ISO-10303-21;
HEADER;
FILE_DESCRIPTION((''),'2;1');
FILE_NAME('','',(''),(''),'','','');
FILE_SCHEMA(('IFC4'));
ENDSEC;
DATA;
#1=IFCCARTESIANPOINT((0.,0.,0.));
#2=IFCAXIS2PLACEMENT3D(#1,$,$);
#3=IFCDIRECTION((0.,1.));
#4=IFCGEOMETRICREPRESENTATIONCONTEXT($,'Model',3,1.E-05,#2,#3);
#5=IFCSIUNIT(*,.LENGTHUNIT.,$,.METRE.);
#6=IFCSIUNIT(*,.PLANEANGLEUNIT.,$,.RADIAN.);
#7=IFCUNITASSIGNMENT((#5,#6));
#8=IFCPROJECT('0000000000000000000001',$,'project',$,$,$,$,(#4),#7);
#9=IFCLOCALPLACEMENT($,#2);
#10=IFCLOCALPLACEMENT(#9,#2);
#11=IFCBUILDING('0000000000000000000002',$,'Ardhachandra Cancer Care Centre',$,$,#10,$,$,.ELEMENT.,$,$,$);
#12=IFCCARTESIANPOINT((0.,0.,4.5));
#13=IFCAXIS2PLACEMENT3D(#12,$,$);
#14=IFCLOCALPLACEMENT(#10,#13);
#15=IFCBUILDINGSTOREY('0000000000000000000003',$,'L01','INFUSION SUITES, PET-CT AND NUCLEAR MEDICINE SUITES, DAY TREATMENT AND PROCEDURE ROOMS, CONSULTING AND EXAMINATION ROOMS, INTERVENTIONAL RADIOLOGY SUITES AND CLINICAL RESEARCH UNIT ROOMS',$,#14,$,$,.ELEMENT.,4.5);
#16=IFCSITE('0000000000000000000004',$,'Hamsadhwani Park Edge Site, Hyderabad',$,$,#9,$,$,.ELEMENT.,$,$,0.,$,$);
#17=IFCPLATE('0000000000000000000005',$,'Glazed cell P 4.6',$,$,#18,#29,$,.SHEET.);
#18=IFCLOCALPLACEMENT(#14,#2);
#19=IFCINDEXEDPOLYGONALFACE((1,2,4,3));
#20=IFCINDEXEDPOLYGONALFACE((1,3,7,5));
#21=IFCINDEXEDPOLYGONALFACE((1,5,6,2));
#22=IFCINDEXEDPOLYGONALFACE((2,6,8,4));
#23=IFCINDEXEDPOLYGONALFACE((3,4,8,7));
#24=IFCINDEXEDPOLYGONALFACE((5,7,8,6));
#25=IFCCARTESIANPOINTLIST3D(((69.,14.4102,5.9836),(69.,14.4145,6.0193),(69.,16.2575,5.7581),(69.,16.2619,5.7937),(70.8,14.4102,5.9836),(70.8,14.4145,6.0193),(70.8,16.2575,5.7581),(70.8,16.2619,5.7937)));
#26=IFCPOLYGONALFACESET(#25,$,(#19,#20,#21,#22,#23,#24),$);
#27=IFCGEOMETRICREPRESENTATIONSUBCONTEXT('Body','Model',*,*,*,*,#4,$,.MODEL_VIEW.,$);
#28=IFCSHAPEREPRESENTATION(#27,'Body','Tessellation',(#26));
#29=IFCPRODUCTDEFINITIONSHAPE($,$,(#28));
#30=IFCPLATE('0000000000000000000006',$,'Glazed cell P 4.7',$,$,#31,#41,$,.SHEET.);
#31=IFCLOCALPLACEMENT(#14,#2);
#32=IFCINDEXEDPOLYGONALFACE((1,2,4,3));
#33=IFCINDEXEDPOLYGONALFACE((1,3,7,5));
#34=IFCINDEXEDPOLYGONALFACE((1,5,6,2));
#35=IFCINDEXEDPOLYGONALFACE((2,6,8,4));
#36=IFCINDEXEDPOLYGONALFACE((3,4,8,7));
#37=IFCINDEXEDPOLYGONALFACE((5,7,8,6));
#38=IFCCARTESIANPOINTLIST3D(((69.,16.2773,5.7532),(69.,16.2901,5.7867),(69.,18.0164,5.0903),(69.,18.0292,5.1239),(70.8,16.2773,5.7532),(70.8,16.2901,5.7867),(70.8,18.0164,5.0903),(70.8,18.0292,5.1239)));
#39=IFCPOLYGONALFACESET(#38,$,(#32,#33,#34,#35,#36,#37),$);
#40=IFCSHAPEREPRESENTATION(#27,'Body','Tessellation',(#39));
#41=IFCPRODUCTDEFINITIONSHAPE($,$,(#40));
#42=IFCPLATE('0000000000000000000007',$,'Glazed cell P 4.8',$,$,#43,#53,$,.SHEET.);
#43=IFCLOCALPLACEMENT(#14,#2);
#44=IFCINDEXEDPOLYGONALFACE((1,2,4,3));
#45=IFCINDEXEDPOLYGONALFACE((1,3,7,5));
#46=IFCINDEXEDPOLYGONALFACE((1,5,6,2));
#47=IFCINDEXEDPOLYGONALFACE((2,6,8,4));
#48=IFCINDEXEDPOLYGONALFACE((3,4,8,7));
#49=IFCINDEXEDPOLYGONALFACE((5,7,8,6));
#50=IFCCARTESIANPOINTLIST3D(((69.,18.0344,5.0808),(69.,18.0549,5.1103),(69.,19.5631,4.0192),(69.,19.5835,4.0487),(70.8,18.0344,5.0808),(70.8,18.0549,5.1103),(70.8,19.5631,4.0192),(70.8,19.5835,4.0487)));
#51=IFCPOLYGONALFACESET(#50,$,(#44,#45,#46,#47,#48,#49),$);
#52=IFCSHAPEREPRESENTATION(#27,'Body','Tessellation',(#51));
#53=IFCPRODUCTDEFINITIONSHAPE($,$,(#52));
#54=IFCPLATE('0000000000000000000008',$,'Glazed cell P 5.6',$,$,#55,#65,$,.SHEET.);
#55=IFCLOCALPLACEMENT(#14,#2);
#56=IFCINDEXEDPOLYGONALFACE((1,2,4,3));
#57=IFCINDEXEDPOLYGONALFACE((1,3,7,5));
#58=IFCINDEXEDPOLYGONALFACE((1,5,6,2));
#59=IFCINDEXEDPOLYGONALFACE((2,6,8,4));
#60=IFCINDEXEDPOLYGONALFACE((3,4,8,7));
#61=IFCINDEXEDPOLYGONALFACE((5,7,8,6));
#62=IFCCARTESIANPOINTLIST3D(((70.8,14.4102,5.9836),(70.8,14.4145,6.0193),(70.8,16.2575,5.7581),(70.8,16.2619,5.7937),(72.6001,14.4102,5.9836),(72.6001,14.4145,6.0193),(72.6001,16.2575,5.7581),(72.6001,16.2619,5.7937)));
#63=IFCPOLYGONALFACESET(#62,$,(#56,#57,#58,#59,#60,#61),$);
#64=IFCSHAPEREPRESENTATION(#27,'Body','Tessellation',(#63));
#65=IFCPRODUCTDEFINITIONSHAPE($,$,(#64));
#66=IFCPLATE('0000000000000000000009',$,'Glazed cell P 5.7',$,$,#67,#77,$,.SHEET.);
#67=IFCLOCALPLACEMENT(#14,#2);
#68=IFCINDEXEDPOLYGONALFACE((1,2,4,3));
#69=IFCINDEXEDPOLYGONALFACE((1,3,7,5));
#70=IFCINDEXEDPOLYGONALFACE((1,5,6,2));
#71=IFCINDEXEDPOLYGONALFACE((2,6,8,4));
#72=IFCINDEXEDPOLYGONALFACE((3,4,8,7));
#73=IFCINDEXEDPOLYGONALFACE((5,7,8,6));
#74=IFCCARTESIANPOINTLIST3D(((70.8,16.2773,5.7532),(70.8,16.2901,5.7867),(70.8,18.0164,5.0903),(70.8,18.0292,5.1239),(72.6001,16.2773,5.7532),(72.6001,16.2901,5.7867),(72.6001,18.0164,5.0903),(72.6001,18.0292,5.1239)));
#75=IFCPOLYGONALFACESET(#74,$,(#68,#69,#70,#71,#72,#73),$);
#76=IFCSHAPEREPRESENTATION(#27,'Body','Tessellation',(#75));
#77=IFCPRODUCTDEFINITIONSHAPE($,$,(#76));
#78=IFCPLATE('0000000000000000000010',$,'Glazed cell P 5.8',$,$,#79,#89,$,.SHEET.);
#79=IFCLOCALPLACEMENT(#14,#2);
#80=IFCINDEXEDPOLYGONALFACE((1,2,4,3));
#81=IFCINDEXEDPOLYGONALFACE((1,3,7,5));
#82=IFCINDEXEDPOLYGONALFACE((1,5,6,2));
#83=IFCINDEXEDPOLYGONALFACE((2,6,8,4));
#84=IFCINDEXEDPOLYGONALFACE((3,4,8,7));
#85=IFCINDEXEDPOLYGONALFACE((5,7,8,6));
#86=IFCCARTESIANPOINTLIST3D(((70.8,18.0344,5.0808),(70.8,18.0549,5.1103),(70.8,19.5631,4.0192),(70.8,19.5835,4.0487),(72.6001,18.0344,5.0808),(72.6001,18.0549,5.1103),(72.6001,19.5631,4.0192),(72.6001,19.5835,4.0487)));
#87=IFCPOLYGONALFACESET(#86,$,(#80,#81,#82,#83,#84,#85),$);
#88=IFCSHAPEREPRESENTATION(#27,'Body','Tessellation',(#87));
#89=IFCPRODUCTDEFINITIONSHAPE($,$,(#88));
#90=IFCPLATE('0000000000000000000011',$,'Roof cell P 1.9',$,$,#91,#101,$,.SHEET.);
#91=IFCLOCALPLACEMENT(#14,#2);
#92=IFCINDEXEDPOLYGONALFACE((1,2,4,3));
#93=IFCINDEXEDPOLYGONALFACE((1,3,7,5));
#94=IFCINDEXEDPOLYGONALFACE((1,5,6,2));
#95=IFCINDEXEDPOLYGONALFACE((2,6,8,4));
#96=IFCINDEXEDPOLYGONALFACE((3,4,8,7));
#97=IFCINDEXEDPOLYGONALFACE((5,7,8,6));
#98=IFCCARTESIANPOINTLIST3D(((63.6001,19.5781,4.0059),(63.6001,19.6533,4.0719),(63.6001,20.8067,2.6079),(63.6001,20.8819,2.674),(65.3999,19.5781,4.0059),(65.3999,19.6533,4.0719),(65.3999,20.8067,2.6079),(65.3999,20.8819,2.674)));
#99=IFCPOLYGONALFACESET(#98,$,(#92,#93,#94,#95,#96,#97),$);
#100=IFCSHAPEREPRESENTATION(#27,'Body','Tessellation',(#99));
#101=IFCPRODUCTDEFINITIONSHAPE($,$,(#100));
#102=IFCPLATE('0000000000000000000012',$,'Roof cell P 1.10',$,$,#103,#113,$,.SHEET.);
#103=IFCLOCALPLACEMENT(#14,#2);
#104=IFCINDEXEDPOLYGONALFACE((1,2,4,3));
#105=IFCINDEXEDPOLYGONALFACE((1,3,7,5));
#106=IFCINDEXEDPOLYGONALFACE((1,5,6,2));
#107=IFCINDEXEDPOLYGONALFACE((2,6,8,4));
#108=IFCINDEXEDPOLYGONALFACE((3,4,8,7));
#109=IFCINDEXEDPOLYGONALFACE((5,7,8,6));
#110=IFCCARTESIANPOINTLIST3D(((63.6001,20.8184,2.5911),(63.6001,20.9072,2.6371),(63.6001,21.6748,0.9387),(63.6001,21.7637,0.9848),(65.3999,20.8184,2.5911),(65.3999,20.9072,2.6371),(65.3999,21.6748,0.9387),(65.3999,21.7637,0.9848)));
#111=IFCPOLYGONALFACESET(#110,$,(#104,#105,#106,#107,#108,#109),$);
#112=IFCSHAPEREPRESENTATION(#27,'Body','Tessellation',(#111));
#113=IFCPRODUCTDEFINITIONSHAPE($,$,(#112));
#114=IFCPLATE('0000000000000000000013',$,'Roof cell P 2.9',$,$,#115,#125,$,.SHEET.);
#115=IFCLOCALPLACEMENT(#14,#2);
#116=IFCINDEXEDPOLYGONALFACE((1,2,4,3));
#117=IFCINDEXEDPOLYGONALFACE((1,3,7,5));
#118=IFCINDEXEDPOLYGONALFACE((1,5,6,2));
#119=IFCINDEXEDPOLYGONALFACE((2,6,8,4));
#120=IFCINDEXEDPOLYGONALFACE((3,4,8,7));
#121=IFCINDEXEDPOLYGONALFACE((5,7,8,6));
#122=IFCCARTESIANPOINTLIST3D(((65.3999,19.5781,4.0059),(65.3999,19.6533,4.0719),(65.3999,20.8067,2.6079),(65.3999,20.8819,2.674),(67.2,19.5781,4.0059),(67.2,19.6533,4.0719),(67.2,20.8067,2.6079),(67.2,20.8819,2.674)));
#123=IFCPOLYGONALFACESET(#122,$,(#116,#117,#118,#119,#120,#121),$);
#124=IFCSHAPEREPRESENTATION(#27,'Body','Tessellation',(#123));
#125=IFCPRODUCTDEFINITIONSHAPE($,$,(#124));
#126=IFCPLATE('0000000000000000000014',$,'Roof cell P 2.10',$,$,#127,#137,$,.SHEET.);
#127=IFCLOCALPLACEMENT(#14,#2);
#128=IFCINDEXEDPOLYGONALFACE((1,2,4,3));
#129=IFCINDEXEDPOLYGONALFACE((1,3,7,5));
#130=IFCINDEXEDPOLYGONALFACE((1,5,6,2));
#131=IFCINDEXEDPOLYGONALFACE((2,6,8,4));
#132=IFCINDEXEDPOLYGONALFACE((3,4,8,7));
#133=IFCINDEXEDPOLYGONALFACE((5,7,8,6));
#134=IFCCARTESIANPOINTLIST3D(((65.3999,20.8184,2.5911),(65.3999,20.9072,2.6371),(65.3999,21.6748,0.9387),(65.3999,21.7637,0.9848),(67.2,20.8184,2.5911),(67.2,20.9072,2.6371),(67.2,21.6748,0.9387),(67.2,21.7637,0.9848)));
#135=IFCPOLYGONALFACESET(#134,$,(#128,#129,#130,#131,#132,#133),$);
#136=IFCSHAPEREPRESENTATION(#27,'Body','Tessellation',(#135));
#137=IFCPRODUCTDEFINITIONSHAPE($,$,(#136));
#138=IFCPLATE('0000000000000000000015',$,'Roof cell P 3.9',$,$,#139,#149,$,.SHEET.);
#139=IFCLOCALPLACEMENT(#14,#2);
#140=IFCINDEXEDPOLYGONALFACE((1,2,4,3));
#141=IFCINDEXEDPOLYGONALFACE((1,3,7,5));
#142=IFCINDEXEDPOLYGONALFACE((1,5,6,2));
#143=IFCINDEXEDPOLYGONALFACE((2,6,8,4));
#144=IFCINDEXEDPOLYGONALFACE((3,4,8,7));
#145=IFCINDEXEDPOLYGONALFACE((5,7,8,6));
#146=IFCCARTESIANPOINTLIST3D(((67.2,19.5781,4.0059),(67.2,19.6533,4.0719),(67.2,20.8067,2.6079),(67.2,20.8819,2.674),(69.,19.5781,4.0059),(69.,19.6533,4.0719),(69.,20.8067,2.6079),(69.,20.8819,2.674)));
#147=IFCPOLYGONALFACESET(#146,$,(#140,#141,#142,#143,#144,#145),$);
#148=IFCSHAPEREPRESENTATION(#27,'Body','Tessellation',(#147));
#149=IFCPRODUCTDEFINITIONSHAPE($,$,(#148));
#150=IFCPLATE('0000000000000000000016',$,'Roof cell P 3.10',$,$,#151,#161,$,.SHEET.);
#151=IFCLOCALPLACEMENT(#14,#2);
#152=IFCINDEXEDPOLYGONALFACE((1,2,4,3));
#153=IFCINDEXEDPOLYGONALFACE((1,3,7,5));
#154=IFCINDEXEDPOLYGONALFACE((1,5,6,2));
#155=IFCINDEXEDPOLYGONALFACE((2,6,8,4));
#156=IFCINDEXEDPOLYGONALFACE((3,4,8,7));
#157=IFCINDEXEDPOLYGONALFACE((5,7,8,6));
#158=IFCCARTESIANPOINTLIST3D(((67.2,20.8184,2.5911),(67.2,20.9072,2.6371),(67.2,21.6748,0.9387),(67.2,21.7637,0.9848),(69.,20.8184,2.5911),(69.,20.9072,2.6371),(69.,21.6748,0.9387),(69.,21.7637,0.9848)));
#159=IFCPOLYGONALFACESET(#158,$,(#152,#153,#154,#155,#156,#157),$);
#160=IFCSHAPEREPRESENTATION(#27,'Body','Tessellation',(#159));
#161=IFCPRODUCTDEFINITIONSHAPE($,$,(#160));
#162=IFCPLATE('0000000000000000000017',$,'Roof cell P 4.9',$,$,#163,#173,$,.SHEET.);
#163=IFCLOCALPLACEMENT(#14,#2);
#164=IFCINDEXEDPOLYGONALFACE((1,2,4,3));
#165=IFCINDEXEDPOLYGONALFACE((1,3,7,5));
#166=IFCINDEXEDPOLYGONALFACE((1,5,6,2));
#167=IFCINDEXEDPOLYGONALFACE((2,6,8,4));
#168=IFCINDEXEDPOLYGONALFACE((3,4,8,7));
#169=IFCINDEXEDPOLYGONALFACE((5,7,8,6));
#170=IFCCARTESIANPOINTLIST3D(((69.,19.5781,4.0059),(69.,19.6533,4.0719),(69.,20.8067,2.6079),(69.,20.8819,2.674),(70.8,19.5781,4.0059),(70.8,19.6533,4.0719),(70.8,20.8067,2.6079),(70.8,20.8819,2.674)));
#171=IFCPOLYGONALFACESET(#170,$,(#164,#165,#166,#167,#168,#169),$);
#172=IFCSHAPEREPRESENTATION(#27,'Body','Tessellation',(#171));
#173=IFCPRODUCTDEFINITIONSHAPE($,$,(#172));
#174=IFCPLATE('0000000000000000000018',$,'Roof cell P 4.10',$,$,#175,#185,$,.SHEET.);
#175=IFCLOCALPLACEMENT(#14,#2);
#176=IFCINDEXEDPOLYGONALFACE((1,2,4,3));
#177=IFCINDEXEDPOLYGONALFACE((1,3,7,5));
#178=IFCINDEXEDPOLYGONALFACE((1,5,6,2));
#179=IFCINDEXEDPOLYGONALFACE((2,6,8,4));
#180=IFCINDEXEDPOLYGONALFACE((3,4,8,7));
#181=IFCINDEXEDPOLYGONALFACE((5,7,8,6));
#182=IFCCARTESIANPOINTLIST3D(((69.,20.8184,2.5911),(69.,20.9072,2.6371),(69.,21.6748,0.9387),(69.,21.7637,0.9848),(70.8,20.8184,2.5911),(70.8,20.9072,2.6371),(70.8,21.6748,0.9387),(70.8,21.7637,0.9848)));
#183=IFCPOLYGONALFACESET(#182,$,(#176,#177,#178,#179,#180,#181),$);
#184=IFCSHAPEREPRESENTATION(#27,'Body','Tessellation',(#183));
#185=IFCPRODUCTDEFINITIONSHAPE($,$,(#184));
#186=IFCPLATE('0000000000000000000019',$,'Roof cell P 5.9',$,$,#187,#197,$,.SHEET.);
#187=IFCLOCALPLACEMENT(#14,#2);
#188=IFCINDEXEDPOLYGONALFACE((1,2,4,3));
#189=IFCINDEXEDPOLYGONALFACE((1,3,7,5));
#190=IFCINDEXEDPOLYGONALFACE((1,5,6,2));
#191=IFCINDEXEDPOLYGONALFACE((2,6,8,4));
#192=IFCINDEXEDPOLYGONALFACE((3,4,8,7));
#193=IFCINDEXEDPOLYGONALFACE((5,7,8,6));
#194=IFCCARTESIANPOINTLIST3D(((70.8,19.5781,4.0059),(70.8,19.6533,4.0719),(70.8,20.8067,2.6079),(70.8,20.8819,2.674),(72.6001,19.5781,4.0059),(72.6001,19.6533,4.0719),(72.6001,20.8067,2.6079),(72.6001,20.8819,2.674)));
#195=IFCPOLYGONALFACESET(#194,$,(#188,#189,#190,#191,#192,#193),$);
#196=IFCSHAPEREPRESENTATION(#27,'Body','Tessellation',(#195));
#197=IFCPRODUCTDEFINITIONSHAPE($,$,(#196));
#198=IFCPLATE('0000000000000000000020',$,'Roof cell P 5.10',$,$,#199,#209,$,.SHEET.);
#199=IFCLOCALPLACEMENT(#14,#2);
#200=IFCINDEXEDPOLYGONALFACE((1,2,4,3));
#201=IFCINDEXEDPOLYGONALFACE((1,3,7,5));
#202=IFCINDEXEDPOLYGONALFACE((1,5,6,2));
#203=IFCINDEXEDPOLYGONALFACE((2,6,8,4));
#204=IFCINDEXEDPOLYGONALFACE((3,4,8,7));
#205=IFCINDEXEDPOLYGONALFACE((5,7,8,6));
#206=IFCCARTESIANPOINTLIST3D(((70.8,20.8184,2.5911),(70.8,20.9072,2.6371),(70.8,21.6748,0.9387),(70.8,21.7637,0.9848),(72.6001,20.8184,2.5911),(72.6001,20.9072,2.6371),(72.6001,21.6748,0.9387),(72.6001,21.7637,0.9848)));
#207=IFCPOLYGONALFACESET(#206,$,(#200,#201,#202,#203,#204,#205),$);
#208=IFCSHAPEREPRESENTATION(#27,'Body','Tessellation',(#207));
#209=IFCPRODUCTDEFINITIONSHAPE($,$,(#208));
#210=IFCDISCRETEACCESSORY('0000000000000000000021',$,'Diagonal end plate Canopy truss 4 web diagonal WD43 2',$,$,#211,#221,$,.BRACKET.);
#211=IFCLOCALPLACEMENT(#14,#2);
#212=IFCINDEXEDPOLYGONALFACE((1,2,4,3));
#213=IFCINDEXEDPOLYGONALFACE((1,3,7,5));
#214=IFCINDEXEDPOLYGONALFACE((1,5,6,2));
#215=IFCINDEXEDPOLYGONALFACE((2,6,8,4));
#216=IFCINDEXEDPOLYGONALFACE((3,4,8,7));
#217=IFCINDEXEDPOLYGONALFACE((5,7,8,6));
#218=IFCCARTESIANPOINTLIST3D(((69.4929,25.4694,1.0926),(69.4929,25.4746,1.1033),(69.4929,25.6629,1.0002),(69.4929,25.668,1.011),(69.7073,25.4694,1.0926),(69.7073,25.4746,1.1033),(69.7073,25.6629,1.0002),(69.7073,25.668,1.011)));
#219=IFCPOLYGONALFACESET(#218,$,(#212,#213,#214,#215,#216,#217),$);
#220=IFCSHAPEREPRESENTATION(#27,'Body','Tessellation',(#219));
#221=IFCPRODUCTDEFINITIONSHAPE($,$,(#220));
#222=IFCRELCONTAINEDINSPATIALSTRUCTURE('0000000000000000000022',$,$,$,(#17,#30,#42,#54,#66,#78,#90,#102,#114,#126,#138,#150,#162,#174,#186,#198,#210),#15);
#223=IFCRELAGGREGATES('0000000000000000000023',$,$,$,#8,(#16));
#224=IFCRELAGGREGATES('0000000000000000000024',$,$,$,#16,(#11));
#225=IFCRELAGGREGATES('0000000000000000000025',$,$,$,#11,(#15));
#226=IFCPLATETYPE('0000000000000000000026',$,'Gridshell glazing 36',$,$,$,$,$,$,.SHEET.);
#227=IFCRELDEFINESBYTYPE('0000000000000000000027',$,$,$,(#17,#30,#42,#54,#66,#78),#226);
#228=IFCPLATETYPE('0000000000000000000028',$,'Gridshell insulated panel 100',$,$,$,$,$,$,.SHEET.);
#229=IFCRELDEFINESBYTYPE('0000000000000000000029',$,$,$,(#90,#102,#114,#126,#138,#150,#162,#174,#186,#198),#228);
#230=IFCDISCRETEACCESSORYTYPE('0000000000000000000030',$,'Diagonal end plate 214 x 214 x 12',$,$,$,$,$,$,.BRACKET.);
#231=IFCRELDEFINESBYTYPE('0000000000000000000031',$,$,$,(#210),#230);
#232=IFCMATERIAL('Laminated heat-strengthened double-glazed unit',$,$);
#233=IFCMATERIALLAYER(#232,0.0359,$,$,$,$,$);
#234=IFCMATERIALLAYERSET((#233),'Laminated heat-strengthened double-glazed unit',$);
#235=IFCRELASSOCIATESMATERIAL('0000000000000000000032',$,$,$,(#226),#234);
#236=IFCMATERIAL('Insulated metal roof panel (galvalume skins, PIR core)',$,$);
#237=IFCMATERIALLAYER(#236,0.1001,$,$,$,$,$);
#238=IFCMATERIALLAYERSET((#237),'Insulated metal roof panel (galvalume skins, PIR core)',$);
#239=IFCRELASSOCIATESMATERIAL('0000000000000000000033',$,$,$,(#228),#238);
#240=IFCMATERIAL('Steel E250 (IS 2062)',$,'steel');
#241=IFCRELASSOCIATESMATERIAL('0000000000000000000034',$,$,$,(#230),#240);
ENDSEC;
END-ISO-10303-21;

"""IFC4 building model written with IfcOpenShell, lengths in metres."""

from ifc_helpers import new_model, si_unit, direction, frame, origin, origin_2d, place, context, subcontext, project, spatial, polyline, rectangle, outline, extrude, material, layer, layer_set, material_profile, profile_set, type_object, element, save


model = new_model("IFC4")

# Units and contexts
model_context = context("Model", 3, precision=1e-05, world=origin(), true_north=direction((0.0, 1.0)))
body_context = subcontext(model_context, "Body", "Model", "MODEL_VIEW")
ifc_project = project(units=[si_unit("LENGTHUNIT", "METRE"), si_unit("PLANEANGLEUNIT", "RADIAN")], contexts=[model_context])

# Site, building, storey
site_placement = place(None, origin())
site = spatial("IfcSite", under=ifc_project, at=site_placement, Name="Hamsadhwani Park Edge Site, Hyderabad", CompositionType="ELEMENT", RefElevation=0.0)
building_placement = place(site_placement, origin())
building = spatial("IfcBuilding", under=site, at=building_placement, Name="Ardhachandra Cancer Care Centre", CompositionType="ELEMENT")
storey_placement = place(building_placement, frame((0.0, 0.0, 4.5)))
storey = spatial("IfcBuildingStorey", under=building, at=storey_placement, Name="L01", Description="INFUSION SUITES, PET-CT AND NUCLEAR MEDICINE SUITES, DAY TREATMENT AND PROCEDURE ROOMS, CONSULTING AND EXAMINATION ROOMS, INTERVENTIONAL RADIOLOGY SUITES AND CLINICAL RESEARCH UNIT ROOMS", CompositionType="ELEMENT", Elevation=4.5)

# Plates
ifc_material_1 = material(Name="Laminated heat-strengthened double-glazed unit")
ifc_layer_1 = layer(ifc_material_1, 0.0359)
ifc_layer_set_1 = layer_set([ifc_layer_1], Name="Laminated heat-strengthened double-glazed unit")
plate_type_1 = type_object("IfcPlateType", Name="Gridshell glazing 36", PredefinedType="SHEET", material=ifc_layer_set_1)
for number, where, z_axis, x_axis, name in (
    (1, (69.0, 14.4102, 5.9836), (0.0, 0.121209, 0.992627), (1.0, 0.0, 0.0), "Glazed cell P 4.6"),
    (2, (69.0, 16.2773, 5.7532), (0.0, 0.356164, 0.934423), (1.0, 0.0, 0.0), "Glazed cell P 4.7"),
    (3, (69.0, 18.0344, 5.0808), (0.0, 0.570403, 0.821365), (1.0, 0.0, 0.0), "Glazed cell P 4.8"),
    (4, (70.8, 14.4102, 5.9836), (0.0, 0.121209, 0.992627), (1.0, 0.0, 0.0), "Glazed cell P 5.6"),
    (5, (70.8, 16.2773, 5.7532), (0.0, 0.356164, 0.934423), (1.0, 0.0, 0.0), "Glazed cell P 5.7"),
    (6, (70.8, 18.0344, 5.0808), (0.0, 0.570403, 0.821365), (1.0, 0.0, 0.0), "Glazed cell P 5.8"),
):
    element("IfcPlate", number, at=place(storey_placement, frame(where, z_axis=z_axis, x_axis=x_axis)), inside=storey, type_object=plate_type_1, Name=name, PredefinedType="SHEET", context=body_context, shape_type="SweptSolid", body=[
        extrude(outline(polyline([(0.0, 0.0), (1.8, 0.0), (1.8, 1.8611), (0.0, 1.8611), (0.0, 0.0)])), origin(), (0.0, 0.0, 1.0), 0.0359),
    ])
ifc_material_2 = material(Name="Insulated metal roof panel (galvalume skins, PIR core)")
ifc_layer_2 = layer(ifc_material_2, 0.1001)
ifc_layer_set_2 = layer_set([ifc_layer_2], Name="Insulated metal roof panel (galvalume skins, PIR core)")
plate_type_2 = type_object("IfcPlateType", Name="Gridshell insulated panel 100", PredefinedType="SHEET", material=ifc_layer_set_2)
for number, where, z_axis, x_axis, name in (
    (7, (63.6001, 19.5781, 4.0059), (0.0, 0.751161, 0.660119), (1.0, 0.0, 0.0), "Roof cell P 1.9"),
    (8, (63.6001, 20.8184, 2.5911), (0.0, 0.887826, 0.460179), (1.0, 0.0, 0.0), "Roof cell P 1.10"),
):
    element("IfcPlate", number, at=place(storey_placement, frame(where, z_axis=z_axis, x_axis=x_axis)), inside=storey, type_object=plate_type_2, Name=name, PredefinedType="SHEET", context=body_context, shape_type="SweptSolid", body=[
        extrude(outline(polyline([(0.0, 0.0), (1.7998, 0.0), (1.7998, 1.8611), (0.0, 1.8611), (0.0, 0.0)])), origin(), (0.0, 0.0, 1.0), 0.1001),
    ])
for number, where, z_axis, x_axis, name in (
    (9, (65.3999, 19.5781, 4.0059), (0.0, 0.751161, 0.660119), (1.0, 0.0, 0.0), "Roof cell P 2.9"),
    (10, (65.3999, 20.8184, 2.5911), (0.0, 0.887826, 0.460179), (1.0, 0.0, 0.0), "Roof cell P 2.10"),
    (11, (67.2, 19.5781, 4.0059), (0.0, 0.751161, 0.660119), (1.0, 0.0, 0.0), "Roof cell P 3.9"),
    (12, (67.2, 20.8184, 2.5911), (0.0, 0.887826, 0.460179), (1.0, 0.0, 0.0), "Roof cell P 3.10"),
    (13, (69.0, 19.5781, 4.0059), (0.0, 0.751161, 0.660119), (1.0, 0.0, 0.0), "Roof cell P 4.9"),
    (14, (69.0, 20.8184, 2.5911), (0.0, 0.887826, 0.460179), (1.0, 0.0, 0.0), "Roof cell P 4.10"),
    (15, (70.8, 19.5781, 4.0059), (0.0, 0.751161, 0.660119), (1.0, 0.0, 0.0), "Roof cell P 5.9"),
    (16, (70.8, 20.8184, 2.5911), (0.0, 0.887826, 0.460179), (1.0, 0.0, 0.0), "Roof cell P 5.10"),
):
    element("IfcPlate", number, at=place(storey_placement, frame(where, z_axis=z_axis, x_axis=x_axis)), inside=storey, type_object=plate_type_2, Name=name, PredefinedType="SHEET", context=body_context, shape_type="SweptSolid", body=[
        extrude(outline(polyline([(0.0, 0.0), (1.8, 0.0), (1.8, 1.8611), (0.0, 1.8611), (0.0, 0.0)])), origin(), (0.0, 0.0, 1.0), 0.1001),
    ])

# Discrete accessory
ifc_material_3 = material(Name="Steel E250 (IS 2062)", Category="steel")
ifc_material_profile_1 = material_profile(ifc_material_3, rectangle(XDim=0.2144, YDim=0.2144, at=origin_2d()), Name="PL 214x214x12")
ifc_profile_set_1 = profile_set([ifc_material_profile_1], Name="Steel E250 (IS 2062)")
discrete_accessory_type = type_object("IfcDiscreteAccessoryType", Name="Diagonal end plate 214 x 214 x 12", PredefinedType="BRACKET", material=ifc_profile_set_1)
discrete_accessory_placement = place(storey_placement, frame((69.6001, 25.5662, 1.0464), z_axis=(0.0, 0.43073, 0.902481), x_axis=(-1.0, 0.0, 0.0)))
element("IfcDiscreteAccessory", 17, at=discrete_accessory_placement, inside=storey, type_object=discrete_accessory_type, Name="Diagonal end plate Canopy truss 4 web diagonal WD43 2", PredefinedType="BRACKET", context=body_context, shape_type="SweptSolid", body=[
    extrude(rectangle(XDim=0.2144, YDim=0.2144, at=origin_2d()), origin(), (0.0, 0.0, 1.0), 0.012),
])

save(model, "model.ifc")
